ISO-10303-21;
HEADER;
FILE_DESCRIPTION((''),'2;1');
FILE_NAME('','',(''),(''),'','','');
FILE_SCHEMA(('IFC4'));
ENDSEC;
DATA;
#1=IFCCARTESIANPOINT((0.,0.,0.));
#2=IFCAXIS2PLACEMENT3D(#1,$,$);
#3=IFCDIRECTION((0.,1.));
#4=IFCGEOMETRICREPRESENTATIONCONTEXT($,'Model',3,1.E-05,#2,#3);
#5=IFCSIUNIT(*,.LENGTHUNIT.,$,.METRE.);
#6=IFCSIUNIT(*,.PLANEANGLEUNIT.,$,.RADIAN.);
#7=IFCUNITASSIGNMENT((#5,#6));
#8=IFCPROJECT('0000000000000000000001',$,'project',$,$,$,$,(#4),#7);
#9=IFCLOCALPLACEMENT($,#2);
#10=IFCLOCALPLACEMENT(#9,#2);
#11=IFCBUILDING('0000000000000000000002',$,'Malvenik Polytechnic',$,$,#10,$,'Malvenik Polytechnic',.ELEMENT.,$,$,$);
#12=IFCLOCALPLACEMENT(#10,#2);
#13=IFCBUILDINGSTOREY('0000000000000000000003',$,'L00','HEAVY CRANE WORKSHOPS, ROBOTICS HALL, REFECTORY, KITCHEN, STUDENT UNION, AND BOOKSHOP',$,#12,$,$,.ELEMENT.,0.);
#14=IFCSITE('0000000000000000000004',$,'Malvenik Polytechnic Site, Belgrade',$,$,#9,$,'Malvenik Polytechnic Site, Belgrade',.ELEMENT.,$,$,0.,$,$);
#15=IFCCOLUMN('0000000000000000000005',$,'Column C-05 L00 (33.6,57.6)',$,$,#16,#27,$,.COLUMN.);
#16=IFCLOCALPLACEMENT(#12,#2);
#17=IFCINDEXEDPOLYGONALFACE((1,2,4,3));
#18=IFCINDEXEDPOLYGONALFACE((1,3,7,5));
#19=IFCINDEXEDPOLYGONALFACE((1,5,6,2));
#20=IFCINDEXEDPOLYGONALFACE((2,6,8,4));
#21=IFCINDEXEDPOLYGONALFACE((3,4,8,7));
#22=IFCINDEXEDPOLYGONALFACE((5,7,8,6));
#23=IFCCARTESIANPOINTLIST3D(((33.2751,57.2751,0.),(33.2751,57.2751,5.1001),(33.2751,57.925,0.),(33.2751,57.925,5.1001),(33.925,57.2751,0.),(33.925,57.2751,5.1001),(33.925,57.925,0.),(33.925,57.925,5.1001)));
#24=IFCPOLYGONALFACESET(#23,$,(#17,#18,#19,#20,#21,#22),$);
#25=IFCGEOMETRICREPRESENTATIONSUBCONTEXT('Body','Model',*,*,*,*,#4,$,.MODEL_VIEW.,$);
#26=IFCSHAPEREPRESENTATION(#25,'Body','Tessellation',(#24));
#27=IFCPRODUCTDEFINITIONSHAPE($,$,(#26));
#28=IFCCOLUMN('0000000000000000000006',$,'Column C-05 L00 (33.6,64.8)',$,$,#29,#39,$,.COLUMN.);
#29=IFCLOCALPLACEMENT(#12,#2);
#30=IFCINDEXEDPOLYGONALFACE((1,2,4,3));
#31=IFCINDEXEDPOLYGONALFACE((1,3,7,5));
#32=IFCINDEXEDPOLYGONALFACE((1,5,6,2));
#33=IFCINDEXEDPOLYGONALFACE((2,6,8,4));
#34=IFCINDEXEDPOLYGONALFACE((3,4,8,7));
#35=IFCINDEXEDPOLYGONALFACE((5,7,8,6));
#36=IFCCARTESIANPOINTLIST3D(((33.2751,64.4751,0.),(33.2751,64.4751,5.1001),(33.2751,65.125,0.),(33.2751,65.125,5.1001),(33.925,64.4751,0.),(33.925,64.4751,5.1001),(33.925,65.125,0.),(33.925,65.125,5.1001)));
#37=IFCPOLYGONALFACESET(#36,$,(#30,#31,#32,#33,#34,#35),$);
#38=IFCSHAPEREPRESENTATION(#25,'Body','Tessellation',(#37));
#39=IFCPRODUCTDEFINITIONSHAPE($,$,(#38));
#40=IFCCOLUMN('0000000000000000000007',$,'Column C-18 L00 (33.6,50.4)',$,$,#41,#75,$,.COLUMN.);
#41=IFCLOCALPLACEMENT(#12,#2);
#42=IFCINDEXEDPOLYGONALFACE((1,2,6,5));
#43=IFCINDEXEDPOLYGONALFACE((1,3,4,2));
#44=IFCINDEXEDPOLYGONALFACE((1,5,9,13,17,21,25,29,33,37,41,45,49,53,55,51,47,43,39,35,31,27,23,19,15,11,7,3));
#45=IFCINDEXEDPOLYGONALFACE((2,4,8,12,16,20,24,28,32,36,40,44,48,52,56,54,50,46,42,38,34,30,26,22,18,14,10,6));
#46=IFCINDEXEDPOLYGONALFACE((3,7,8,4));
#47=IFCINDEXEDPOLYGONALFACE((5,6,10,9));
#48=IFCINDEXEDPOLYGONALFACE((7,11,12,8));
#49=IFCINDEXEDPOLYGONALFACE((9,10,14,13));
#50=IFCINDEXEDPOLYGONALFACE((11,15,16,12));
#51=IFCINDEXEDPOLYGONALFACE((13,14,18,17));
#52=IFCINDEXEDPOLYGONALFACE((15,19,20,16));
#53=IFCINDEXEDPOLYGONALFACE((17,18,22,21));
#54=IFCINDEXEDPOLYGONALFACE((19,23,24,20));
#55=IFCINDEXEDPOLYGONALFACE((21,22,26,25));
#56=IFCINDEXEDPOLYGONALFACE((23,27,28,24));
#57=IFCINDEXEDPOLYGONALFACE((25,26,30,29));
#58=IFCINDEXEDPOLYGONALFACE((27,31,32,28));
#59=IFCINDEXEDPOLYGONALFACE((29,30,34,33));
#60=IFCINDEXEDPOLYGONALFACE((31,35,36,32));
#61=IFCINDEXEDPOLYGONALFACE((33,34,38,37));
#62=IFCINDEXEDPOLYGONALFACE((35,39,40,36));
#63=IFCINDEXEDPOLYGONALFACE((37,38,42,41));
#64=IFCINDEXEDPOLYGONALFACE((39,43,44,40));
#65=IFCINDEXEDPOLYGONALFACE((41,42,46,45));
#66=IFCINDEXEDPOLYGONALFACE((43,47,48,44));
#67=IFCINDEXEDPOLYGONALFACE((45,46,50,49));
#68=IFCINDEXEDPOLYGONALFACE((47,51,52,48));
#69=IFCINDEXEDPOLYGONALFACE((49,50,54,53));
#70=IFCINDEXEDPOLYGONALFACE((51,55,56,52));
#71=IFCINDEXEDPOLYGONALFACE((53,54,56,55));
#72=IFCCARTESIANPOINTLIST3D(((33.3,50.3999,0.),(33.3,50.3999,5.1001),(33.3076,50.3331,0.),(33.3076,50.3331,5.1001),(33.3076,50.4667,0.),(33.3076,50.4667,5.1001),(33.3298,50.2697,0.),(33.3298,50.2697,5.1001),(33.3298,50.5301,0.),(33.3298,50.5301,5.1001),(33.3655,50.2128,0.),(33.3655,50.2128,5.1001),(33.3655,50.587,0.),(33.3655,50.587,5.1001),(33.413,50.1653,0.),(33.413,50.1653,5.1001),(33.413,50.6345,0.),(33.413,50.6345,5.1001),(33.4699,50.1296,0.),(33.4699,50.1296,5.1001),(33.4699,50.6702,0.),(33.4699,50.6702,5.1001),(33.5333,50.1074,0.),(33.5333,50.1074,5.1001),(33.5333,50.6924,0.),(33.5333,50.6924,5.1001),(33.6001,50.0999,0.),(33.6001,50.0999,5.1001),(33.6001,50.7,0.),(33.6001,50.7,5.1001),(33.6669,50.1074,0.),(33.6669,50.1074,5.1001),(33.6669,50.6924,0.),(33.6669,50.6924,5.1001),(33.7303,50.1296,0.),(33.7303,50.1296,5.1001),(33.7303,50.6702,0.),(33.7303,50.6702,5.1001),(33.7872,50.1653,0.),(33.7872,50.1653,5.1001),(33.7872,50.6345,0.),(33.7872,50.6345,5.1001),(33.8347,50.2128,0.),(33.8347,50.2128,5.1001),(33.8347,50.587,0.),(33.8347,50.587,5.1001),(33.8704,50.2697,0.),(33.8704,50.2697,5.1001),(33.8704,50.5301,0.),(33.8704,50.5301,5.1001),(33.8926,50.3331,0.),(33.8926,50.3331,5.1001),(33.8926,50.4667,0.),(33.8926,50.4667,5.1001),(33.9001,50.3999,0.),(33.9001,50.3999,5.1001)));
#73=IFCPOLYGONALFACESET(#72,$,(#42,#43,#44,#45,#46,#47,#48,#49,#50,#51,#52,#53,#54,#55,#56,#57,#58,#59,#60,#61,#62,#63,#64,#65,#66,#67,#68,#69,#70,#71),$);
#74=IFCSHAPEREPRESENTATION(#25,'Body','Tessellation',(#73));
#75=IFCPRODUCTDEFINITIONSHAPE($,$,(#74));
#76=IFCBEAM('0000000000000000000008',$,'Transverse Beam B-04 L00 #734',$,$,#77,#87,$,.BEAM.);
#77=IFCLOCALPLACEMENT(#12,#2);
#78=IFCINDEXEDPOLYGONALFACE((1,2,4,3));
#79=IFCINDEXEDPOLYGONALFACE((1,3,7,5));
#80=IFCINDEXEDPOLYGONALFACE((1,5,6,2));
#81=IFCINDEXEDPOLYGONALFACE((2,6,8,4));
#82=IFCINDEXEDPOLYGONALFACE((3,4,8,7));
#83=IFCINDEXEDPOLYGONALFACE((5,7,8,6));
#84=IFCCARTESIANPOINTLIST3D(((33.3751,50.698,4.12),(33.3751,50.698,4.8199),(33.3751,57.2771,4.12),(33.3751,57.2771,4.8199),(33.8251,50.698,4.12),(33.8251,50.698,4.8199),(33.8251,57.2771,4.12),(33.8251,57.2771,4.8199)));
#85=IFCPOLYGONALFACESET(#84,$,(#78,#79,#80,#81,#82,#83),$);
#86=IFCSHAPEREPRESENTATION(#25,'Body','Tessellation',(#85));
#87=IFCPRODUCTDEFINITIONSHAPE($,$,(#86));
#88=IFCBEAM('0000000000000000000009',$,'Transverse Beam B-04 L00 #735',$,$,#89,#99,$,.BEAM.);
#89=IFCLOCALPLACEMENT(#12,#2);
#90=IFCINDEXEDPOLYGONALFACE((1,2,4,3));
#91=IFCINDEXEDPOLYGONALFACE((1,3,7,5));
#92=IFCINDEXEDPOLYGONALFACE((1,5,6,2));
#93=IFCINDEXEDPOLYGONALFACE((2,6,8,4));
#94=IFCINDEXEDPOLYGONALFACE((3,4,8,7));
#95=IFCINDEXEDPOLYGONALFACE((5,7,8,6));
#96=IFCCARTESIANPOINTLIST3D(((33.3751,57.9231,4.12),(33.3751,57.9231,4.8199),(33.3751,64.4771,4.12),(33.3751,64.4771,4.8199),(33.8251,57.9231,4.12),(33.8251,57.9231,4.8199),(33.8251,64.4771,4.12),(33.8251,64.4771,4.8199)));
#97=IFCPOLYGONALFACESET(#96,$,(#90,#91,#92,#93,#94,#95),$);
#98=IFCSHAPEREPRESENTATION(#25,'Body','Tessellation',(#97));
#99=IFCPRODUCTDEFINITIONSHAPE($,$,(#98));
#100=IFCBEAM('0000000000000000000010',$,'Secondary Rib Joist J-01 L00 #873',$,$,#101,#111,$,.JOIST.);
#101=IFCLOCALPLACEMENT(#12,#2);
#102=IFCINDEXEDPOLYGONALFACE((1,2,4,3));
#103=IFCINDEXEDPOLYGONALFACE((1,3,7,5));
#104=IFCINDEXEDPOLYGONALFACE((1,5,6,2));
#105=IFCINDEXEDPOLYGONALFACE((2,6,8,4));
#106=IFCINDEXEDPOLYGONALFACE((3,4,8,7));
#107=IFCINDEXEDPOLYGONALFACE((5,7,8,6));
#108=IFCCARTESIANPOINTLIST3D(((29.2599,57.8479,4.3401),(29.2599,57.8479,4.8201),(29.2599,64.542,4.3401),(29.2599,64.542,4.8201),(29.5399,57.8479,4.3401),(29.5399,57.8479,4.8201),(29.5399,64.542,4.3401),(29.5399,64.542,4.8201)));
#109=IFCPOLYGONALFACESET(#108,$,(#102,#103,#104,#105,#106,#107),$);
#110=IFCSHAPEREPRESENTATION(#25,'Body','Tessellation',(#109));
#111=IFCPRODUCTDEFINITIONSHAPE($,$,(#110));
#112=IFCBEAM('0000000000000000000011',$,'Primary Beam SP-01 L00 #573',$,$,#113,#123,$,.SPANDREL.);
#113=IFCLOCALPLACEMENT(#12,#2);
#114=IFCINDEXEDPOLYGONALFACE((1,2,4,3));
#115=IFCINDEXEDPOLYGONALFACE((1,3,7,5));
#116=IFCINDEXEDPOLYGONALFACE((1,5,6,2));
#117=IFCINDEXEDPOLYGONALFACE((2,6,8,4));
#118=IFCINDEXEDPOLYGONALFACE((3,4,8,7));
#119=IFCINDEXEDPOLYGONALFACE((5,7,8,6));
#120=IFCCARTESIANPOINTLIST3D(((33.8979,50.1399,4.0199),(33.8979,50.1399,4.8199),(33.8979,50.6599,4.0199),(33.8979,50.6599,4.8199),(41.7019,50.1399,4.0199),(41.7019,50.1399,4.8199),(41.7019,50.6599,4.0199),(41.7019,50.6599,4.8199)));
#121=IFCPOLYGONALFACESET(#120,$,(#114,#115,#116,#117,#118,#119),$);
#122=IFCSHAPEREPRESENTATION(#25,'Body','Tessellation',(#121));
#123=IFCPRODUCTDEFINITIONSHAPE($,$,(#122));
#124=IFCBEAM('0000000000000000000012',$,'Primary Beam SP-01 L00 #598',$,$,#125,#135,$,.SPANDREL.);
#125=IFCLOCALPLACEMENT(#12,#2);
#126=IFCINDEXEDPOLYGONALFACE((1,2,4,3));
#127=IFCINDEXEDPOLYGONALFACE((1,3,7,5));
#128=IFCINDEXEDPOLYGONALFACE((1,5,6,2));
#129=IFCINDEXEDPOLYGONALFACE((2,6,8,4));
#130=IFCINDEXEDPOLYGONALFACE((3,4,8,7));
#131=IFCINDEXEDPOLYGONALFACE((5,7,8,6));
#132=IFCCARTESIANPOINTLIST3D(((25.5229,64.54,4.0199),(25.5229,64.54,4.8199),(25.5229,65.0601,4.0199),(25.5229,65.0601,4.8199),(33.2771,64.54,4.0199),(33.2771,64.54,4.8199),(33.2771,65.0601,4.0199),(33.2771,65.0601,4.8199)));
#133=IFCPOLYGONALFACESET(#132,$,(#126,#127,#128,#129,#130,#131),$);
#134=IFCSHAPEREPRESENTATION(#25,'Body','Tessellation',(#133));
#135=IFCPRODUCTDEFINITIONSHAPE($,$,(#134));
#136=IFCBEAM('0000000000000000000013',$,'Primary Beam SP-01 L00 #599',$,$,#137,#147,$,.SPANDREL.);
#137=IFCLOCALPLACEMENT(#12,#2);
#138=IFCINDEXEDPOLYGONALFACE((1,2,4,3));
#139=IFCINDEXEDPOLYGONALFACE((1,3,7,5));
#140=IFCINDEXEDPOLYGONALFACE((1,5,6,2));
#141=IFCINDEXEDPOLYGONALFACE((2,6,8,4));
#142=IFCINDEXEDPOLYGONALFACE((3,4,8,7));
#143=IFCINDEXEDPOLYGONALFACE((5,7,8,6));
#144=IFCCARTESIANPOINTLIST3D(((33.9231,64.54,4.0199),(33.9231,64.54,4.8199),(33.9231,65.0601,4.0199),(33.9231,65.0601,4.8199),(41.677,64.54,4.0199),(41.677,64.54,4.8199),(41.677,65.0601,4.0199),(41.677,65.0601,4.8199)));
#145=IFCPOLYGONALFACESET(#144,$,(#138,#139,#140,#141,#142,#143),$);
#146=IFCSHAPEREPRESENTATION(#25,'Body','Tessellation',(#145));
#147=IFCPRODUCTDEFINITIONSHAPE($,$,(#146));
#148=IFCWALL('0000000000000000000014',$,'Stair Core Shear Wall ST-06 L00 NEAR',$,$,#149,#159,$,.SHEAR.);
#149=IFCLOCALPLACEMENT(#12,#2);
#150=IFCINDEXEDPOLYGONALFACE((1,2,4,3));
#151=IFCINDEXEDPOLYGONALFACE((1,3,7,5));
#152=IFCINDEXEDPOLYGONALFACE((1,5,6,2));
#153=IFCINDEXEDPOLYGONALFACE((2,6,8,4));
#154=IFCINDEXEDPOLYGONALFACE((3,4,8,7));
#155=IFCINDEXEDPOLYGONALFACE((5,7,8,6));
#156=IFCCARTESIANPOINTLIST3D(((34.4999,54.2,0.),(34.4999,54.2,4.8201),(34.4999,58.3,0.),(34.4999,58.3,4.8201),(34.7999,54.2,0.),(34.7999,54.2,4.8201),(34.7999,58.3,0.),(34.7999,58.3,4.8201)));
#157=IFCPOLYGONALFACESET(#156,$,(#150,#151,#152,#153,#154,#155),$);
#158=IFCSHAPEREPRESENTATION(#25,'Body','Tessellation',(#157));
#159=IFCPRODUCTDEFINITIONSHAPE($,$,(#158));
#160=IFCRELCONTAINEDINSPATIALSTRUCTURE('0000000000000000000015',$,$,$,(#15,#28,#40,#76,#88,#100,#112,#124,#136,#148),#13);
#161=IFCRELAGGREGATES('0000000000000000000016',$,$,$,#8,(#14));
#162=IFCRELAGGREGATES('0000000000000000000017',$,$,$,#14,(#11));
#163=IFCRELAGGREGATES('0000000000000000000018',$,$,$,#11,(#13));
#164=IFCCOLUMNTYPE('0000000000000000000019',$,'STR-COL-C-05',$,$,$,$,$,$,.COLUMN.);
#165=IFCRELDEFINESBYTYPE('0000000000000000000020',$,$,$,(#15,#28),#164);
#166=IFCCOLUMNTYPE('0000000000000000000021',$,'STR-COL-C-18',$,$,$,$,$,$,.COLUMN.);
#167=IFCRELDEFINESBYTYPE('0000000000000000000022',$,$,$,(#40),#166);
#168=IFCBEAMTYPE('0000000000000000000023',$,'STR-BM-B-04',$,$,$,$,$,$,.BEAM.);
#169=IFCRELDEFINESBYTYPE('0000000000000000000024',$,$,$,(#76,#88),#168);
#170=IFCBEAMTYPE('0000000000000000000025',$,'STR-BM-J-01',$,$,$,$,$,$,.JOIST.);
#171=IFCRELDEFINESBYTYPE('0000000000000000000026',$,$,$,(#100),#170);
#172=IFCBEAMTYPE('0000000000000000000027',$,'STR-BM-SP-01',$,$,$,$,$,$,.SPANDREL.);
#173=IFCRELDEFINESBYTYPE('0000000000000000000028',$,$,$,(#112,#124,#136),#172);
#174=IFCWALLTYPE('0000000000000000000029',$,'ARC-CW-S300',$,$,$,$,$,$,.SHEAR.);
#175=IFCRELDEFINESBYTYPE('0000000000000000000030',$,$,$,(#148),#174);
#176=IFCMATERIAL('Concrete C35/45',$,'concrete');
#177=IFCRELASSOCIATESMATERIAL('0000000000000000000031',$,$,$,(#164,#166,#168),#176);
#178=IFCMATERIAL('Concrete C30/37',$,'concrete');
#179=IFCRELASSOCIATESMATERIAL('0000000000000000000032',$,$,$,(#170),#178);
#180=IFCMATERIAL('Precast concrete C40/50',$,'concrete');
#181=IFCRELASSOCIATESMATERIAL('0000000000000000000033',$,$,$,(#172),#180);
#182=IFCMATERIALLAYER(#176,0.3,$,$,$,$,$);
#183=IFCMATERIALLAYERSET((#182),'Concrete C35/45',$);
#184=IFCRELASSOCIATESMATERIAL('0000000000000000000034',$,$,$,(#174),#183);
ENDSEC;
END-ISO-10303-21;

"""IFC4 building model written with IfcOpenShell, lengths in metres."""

from ifc_helpers import new_model, si_unit, direction, frame, frame_2d, origin, origin_2d, place, context, subcontext, project, spatial, rectangle, circle, extrude, material, layer, layer_set, material_profile, profile_set, type_object, element, save


model = new_model("IFC4")

# Units and contexts
model_context = context("Model", 3, precision=1e-05, world=origin(), true_north=direction((0.0, 1.0)))
body_context = subcontext(model_context, "Body", "Model", "MODEL_VIEW")
ifc_project = project(units=[si_unit("LENGTHUNIT", "METRE"), si_unit("PLANEANGLEUNIT", "RADIAN")], contexts=[model_context])

# Site, building, storey
site_placement = place(None, origin())
site = spatial("IfcSite", under=ifc_project, at=site_placement, Name="Malvenik Polytechnic Site, Belgrade", LongName="Malvenik Polytechnic Site, Belgrade", CompositionType="ELEMENT", RefElevation=0.0)
building_placement = place(site_placement, origin())
building = spatial("IfcBuilding", under=site, at=building_placement, Name="Malvenik Polytechnic", LongName="Malvenik Polytechnic", CompositionType="ELEMENT")
storey_placement = place(building_placement, origin())
storey = spatial("IfcBuildingStorey", under=building, at=storey_placement, Name="L00", Description="HEAVY CRANE WORKSHOPS, ROBOTICS HALL, REFECTORY, KITCHEN, STUDENT UNION, AND BOOKSHOP", CompositionType="ELEMENT", Elevation=0.0)

# Columns
ifc_material_1 = material(Name="Concrete C35/45", Category="concrete")
ifc_material_profile_1 = material_profile(ifc_material_1, rectangle(XDim=0.6499, YDim=0.6499, at=origin_2d()), Name="RC COL 650x650")
ifc_profile_set_1 = profile_set([ifc_material_profile_1], Name="Concrete C35/45")
column_type_1 = type_object("IfcColumnType", Name="STR-COL-C-05", PredefinedType="COLUMN", material=ifc_profile_set_1)
for number, where, z_axis, x_axis, name in (
    (1, (33.6001, 57.6001, 0.0), (0.0, 0.0, 1.0), (1.0, 0.0, 0.0), "Column C-05 L00 (33.6,57.6)"),
    (2, (33.6001, 64.8, 0.0), (0.0, 0.0, 1.0), (1.0, 0.0, 0.0), "Column C-05 L00 (33.6,64.8)"),
):
    element("IfcColumn", number, at=place(storey_placement, frame(where, z_axis=z_axis, x_axis=x_axis)), inside=storey, type_object=column_type_1, Name=name, PredefinedType="COLUMN", context=body_context, shape_type="SweptSolid", body=[
        extrude(rectangle(XDim=0.6499, YDim=0.6499, at=origin_2d()), origin(), (0.0, 0.0, 1.0), 5.1001),
    ])
ifc_material_profile_2 = material_profile(ifc_material_1, circle(Radius=0.3, at=origin_2d()), Name="RC COL D600")
ifc_profile_set_2 = profile_set([ifc_material_profile_2], Name="Concrete C35/45")
column_type_2 = type_object("IfcColumnType", Name="STR-COL-C-18", PredefinedType="COLUMN", material=ifc_profile_set_2)
column_placement = place(storey_placement, frame((33.6001, 50.3999, 0.0), z_axis=(0.0, 0.0, 1.0), x_axis=(1.0, 0.0, 0.0)))
element("IfcColumn", 3, at=column_placement, inside=storey, type_object=column_type_2, Name="Column C-18 L00 (33.6,50.4)", PredefinedType="COLUMN", context=body_context, shape_type="SweptSolid", body=[
    extrude(circle(Radius=0.3, at=origin_2d()), origin(), (0.0, 0.0, 1.0), 5.1001),
])

# Beams
ifc_material_profile_3 = material_profile(ifc_material_1, rectangle(XDim=0.45, YDim=0.7, at=origin_2d()), Name="RC BM 450x700")
ifc_profile_set_3 = profile_set([ifc_material_profile_3], Name="Concrete C35/45")
beam_type_1 = type_object("IfcBeamType", Name="STR-BM-B-04", PredefinedType="BEAM", material=ifc_profile_set_3)
beam_1_placement = place(storey_placement, frame((33.6001, 50.698, 4.47), z_axis=(0.0, 1.0, 0.0), x_axis=(-1.0, 0.0, 0.0)))
element("IfcBeam", 4, at=beam_1_placement, inside=storey, type_object=beam_type_1, Name="Transverse Beam B-04 L00 #734", PredefinedType="BEAM", context=body_context, shape_type="SweptSolid", body=[
    extrude(rectangle(XDim=0.45, YDim=0.7, at=origin_2d()), origin(), (0.0, 0.0, 1.0), 6.5791),
])
beam_2_placement = place(storey_placement, frame((33.6001, 57.9231, 4.47), z_axis=(0.0, 1.0, 0.0), x_axis=(-1.0, 0.0, 0.0)))
element("IfcBeam", 5, at=beam_2_placement, inside=storey, type_object=beam_type_1, Name="Transverse Beam B-04 L00 #735", PredefinedType="BEAM", context=body_context, shape_type="SweptSolid", body=[
    extrude(rectangle(XDim=0.45, YDim=0.7, at=origin_2d()), origin(), (0.0, 0.0, 1.0), 6.554),
])
ifc_material_2 = material(Name="Concrete C30/37", Category="concrete")
ifc_material_profile_4 = material_profile(ifc_material_2, rectangle(XDim=0.28, YDim=0.48, at=origin_2d()), Name="RC JST 280x480")
ifc_profile_set_4 = profile_set([ifc_material_profile_4], Name="Concrete C30/37")
beam_type_2 = type_object("IfcBeamType", Name="STR-BM-J-01", PredefinedType="JOIST", material=ifc_profile_set_4)
beam_3_placement = place(storey_placement, frame((29.3999, 57.8479, 4.5801), z_axis=(0.0, 1.0, 0.0), x_axis=(-1.0, 0.0, 0.0)))
element("IfcBeam", 6, at=beam_3_placement, inside=storey, type_object=beam_type_2, Name="Secondary Rib Joist J-01 L00 #873", PredefinedType="JOIST", context=body_context, shape_type="SweptSolid", body=[
    extrude(rectangle(XDim=0.28, YDim=0.48, at=origin_2d()), origin(), (0.0, 0.0, 1.0), 6.6941),
])
ifc_material_3 = material(Name="Precast concrete C40/50", Category="concrete")
ifc_material_profile_5 = material_profile(ifc_material_3, rectangle(XDim=0.52, YDim=0.8, at=origin_2d()), Name="PC SPN 520x800")
ifc_profile_set_5 = profile_set([ifc_material_profile_5], Name="Precast concrete C40/50")
beam_type_3 = type_object("IfcBeamType", Name="STR-BM-SP-01", PredefinedType="SPANDREL", material=ifc_profile_set_5)
beam_4_placement = place(storey_placement, frame((33.8979, 50.3999, 4.4199), z_axis=(1.0, 0.0, 0.0), x_axis=(0.0, 1.0, 0.0)))
element("IfcBeam", 7, at=beam_4_placement, inside=storey, type_object=beam_type_3, Name="Primary Beam SP-01 L00 #573", PredefinedType="SPANDREL", context=body_context, shape_type="SweptSolid", body=[
    extrude(rectangle(XDim=0.52, YDim=0.8, at=origin_2d()), origin(), (0.0, 0.0, 1.0), 7.804),
])
beam_5_placement = place(storey_placement, frame((25.5229, 64.8, 4.4199), z_axis=(1.0, 0.0, 0.0), x_axis=(0.0, 1.0, 0.0)))
element("IfcBeam", 8, at=beam_5_placement, inside=storey, type_object=beam_type_3, Name="Primary Beam SP-01 L00 #598", PredefinedType="SPANDREL", context=body_context, shape_type="SweptSolid", body=[
    extrude(rectangle(XDim=0.52, YDim=0.8, at=origin_2d()), origin(), (0.0, 0.0, 1.0), 7.7542),
])
beam_6_placement = place(storey_placement, frame((33.9231, 64.8, 4.4199), z_axis=(1.0, 0.0, 0.0), x_axis=(0.0, 1.0, 0.0)))
element("IfcBeam", 9, at=beam_6_placement, inside=storey, type_object=beam_type_3, Name="Primary Beam SP-01 L00 #599", PredefinedType="SPANDREL", context=body_context, shape_type="SweptSolid", body=[
    extrude(rectangle(XDim=0.52, YDim=0.8, at=origin_2d()), origin(), (0.0, 0.0, 1.0), 7.7539),
])

# Wall
ifc_layer_1 = layer(ifc_material_1, 0.3)
ifc_layer_set_1 = layer_set([ifc_layer_1], Name="Concrete C35/45")
wall_type_1 = type_object("IfcWallType", Name="ARC-CW-S300", PredefinedType="SHEAR", material=ifc_layer_set_1)
wall_1_placement = place(storey_placement, frame((34.6499, 54.2, 0.0), z_axis=(0.0, 0.0, 1.0), x_axis=(0.0, 1.0, 0.0)))
element("IfcWall", 10, at=wall_1_placement, inside=storey, type_object=wall_type_1, Name="Stair Core Shear Wall ST-06 L00 NEAR", PredefinedType="SHEAR", context=body_context, shape_type="SweptSolid", body=[
    extrude(rectangle(XDim=4.1001, YDim=0.3, at=frame_2d((2.05, 0.0))), origin(), (0.0, 0.0, 1.0), 4.8201),
])

save(model, "model.ifc")
